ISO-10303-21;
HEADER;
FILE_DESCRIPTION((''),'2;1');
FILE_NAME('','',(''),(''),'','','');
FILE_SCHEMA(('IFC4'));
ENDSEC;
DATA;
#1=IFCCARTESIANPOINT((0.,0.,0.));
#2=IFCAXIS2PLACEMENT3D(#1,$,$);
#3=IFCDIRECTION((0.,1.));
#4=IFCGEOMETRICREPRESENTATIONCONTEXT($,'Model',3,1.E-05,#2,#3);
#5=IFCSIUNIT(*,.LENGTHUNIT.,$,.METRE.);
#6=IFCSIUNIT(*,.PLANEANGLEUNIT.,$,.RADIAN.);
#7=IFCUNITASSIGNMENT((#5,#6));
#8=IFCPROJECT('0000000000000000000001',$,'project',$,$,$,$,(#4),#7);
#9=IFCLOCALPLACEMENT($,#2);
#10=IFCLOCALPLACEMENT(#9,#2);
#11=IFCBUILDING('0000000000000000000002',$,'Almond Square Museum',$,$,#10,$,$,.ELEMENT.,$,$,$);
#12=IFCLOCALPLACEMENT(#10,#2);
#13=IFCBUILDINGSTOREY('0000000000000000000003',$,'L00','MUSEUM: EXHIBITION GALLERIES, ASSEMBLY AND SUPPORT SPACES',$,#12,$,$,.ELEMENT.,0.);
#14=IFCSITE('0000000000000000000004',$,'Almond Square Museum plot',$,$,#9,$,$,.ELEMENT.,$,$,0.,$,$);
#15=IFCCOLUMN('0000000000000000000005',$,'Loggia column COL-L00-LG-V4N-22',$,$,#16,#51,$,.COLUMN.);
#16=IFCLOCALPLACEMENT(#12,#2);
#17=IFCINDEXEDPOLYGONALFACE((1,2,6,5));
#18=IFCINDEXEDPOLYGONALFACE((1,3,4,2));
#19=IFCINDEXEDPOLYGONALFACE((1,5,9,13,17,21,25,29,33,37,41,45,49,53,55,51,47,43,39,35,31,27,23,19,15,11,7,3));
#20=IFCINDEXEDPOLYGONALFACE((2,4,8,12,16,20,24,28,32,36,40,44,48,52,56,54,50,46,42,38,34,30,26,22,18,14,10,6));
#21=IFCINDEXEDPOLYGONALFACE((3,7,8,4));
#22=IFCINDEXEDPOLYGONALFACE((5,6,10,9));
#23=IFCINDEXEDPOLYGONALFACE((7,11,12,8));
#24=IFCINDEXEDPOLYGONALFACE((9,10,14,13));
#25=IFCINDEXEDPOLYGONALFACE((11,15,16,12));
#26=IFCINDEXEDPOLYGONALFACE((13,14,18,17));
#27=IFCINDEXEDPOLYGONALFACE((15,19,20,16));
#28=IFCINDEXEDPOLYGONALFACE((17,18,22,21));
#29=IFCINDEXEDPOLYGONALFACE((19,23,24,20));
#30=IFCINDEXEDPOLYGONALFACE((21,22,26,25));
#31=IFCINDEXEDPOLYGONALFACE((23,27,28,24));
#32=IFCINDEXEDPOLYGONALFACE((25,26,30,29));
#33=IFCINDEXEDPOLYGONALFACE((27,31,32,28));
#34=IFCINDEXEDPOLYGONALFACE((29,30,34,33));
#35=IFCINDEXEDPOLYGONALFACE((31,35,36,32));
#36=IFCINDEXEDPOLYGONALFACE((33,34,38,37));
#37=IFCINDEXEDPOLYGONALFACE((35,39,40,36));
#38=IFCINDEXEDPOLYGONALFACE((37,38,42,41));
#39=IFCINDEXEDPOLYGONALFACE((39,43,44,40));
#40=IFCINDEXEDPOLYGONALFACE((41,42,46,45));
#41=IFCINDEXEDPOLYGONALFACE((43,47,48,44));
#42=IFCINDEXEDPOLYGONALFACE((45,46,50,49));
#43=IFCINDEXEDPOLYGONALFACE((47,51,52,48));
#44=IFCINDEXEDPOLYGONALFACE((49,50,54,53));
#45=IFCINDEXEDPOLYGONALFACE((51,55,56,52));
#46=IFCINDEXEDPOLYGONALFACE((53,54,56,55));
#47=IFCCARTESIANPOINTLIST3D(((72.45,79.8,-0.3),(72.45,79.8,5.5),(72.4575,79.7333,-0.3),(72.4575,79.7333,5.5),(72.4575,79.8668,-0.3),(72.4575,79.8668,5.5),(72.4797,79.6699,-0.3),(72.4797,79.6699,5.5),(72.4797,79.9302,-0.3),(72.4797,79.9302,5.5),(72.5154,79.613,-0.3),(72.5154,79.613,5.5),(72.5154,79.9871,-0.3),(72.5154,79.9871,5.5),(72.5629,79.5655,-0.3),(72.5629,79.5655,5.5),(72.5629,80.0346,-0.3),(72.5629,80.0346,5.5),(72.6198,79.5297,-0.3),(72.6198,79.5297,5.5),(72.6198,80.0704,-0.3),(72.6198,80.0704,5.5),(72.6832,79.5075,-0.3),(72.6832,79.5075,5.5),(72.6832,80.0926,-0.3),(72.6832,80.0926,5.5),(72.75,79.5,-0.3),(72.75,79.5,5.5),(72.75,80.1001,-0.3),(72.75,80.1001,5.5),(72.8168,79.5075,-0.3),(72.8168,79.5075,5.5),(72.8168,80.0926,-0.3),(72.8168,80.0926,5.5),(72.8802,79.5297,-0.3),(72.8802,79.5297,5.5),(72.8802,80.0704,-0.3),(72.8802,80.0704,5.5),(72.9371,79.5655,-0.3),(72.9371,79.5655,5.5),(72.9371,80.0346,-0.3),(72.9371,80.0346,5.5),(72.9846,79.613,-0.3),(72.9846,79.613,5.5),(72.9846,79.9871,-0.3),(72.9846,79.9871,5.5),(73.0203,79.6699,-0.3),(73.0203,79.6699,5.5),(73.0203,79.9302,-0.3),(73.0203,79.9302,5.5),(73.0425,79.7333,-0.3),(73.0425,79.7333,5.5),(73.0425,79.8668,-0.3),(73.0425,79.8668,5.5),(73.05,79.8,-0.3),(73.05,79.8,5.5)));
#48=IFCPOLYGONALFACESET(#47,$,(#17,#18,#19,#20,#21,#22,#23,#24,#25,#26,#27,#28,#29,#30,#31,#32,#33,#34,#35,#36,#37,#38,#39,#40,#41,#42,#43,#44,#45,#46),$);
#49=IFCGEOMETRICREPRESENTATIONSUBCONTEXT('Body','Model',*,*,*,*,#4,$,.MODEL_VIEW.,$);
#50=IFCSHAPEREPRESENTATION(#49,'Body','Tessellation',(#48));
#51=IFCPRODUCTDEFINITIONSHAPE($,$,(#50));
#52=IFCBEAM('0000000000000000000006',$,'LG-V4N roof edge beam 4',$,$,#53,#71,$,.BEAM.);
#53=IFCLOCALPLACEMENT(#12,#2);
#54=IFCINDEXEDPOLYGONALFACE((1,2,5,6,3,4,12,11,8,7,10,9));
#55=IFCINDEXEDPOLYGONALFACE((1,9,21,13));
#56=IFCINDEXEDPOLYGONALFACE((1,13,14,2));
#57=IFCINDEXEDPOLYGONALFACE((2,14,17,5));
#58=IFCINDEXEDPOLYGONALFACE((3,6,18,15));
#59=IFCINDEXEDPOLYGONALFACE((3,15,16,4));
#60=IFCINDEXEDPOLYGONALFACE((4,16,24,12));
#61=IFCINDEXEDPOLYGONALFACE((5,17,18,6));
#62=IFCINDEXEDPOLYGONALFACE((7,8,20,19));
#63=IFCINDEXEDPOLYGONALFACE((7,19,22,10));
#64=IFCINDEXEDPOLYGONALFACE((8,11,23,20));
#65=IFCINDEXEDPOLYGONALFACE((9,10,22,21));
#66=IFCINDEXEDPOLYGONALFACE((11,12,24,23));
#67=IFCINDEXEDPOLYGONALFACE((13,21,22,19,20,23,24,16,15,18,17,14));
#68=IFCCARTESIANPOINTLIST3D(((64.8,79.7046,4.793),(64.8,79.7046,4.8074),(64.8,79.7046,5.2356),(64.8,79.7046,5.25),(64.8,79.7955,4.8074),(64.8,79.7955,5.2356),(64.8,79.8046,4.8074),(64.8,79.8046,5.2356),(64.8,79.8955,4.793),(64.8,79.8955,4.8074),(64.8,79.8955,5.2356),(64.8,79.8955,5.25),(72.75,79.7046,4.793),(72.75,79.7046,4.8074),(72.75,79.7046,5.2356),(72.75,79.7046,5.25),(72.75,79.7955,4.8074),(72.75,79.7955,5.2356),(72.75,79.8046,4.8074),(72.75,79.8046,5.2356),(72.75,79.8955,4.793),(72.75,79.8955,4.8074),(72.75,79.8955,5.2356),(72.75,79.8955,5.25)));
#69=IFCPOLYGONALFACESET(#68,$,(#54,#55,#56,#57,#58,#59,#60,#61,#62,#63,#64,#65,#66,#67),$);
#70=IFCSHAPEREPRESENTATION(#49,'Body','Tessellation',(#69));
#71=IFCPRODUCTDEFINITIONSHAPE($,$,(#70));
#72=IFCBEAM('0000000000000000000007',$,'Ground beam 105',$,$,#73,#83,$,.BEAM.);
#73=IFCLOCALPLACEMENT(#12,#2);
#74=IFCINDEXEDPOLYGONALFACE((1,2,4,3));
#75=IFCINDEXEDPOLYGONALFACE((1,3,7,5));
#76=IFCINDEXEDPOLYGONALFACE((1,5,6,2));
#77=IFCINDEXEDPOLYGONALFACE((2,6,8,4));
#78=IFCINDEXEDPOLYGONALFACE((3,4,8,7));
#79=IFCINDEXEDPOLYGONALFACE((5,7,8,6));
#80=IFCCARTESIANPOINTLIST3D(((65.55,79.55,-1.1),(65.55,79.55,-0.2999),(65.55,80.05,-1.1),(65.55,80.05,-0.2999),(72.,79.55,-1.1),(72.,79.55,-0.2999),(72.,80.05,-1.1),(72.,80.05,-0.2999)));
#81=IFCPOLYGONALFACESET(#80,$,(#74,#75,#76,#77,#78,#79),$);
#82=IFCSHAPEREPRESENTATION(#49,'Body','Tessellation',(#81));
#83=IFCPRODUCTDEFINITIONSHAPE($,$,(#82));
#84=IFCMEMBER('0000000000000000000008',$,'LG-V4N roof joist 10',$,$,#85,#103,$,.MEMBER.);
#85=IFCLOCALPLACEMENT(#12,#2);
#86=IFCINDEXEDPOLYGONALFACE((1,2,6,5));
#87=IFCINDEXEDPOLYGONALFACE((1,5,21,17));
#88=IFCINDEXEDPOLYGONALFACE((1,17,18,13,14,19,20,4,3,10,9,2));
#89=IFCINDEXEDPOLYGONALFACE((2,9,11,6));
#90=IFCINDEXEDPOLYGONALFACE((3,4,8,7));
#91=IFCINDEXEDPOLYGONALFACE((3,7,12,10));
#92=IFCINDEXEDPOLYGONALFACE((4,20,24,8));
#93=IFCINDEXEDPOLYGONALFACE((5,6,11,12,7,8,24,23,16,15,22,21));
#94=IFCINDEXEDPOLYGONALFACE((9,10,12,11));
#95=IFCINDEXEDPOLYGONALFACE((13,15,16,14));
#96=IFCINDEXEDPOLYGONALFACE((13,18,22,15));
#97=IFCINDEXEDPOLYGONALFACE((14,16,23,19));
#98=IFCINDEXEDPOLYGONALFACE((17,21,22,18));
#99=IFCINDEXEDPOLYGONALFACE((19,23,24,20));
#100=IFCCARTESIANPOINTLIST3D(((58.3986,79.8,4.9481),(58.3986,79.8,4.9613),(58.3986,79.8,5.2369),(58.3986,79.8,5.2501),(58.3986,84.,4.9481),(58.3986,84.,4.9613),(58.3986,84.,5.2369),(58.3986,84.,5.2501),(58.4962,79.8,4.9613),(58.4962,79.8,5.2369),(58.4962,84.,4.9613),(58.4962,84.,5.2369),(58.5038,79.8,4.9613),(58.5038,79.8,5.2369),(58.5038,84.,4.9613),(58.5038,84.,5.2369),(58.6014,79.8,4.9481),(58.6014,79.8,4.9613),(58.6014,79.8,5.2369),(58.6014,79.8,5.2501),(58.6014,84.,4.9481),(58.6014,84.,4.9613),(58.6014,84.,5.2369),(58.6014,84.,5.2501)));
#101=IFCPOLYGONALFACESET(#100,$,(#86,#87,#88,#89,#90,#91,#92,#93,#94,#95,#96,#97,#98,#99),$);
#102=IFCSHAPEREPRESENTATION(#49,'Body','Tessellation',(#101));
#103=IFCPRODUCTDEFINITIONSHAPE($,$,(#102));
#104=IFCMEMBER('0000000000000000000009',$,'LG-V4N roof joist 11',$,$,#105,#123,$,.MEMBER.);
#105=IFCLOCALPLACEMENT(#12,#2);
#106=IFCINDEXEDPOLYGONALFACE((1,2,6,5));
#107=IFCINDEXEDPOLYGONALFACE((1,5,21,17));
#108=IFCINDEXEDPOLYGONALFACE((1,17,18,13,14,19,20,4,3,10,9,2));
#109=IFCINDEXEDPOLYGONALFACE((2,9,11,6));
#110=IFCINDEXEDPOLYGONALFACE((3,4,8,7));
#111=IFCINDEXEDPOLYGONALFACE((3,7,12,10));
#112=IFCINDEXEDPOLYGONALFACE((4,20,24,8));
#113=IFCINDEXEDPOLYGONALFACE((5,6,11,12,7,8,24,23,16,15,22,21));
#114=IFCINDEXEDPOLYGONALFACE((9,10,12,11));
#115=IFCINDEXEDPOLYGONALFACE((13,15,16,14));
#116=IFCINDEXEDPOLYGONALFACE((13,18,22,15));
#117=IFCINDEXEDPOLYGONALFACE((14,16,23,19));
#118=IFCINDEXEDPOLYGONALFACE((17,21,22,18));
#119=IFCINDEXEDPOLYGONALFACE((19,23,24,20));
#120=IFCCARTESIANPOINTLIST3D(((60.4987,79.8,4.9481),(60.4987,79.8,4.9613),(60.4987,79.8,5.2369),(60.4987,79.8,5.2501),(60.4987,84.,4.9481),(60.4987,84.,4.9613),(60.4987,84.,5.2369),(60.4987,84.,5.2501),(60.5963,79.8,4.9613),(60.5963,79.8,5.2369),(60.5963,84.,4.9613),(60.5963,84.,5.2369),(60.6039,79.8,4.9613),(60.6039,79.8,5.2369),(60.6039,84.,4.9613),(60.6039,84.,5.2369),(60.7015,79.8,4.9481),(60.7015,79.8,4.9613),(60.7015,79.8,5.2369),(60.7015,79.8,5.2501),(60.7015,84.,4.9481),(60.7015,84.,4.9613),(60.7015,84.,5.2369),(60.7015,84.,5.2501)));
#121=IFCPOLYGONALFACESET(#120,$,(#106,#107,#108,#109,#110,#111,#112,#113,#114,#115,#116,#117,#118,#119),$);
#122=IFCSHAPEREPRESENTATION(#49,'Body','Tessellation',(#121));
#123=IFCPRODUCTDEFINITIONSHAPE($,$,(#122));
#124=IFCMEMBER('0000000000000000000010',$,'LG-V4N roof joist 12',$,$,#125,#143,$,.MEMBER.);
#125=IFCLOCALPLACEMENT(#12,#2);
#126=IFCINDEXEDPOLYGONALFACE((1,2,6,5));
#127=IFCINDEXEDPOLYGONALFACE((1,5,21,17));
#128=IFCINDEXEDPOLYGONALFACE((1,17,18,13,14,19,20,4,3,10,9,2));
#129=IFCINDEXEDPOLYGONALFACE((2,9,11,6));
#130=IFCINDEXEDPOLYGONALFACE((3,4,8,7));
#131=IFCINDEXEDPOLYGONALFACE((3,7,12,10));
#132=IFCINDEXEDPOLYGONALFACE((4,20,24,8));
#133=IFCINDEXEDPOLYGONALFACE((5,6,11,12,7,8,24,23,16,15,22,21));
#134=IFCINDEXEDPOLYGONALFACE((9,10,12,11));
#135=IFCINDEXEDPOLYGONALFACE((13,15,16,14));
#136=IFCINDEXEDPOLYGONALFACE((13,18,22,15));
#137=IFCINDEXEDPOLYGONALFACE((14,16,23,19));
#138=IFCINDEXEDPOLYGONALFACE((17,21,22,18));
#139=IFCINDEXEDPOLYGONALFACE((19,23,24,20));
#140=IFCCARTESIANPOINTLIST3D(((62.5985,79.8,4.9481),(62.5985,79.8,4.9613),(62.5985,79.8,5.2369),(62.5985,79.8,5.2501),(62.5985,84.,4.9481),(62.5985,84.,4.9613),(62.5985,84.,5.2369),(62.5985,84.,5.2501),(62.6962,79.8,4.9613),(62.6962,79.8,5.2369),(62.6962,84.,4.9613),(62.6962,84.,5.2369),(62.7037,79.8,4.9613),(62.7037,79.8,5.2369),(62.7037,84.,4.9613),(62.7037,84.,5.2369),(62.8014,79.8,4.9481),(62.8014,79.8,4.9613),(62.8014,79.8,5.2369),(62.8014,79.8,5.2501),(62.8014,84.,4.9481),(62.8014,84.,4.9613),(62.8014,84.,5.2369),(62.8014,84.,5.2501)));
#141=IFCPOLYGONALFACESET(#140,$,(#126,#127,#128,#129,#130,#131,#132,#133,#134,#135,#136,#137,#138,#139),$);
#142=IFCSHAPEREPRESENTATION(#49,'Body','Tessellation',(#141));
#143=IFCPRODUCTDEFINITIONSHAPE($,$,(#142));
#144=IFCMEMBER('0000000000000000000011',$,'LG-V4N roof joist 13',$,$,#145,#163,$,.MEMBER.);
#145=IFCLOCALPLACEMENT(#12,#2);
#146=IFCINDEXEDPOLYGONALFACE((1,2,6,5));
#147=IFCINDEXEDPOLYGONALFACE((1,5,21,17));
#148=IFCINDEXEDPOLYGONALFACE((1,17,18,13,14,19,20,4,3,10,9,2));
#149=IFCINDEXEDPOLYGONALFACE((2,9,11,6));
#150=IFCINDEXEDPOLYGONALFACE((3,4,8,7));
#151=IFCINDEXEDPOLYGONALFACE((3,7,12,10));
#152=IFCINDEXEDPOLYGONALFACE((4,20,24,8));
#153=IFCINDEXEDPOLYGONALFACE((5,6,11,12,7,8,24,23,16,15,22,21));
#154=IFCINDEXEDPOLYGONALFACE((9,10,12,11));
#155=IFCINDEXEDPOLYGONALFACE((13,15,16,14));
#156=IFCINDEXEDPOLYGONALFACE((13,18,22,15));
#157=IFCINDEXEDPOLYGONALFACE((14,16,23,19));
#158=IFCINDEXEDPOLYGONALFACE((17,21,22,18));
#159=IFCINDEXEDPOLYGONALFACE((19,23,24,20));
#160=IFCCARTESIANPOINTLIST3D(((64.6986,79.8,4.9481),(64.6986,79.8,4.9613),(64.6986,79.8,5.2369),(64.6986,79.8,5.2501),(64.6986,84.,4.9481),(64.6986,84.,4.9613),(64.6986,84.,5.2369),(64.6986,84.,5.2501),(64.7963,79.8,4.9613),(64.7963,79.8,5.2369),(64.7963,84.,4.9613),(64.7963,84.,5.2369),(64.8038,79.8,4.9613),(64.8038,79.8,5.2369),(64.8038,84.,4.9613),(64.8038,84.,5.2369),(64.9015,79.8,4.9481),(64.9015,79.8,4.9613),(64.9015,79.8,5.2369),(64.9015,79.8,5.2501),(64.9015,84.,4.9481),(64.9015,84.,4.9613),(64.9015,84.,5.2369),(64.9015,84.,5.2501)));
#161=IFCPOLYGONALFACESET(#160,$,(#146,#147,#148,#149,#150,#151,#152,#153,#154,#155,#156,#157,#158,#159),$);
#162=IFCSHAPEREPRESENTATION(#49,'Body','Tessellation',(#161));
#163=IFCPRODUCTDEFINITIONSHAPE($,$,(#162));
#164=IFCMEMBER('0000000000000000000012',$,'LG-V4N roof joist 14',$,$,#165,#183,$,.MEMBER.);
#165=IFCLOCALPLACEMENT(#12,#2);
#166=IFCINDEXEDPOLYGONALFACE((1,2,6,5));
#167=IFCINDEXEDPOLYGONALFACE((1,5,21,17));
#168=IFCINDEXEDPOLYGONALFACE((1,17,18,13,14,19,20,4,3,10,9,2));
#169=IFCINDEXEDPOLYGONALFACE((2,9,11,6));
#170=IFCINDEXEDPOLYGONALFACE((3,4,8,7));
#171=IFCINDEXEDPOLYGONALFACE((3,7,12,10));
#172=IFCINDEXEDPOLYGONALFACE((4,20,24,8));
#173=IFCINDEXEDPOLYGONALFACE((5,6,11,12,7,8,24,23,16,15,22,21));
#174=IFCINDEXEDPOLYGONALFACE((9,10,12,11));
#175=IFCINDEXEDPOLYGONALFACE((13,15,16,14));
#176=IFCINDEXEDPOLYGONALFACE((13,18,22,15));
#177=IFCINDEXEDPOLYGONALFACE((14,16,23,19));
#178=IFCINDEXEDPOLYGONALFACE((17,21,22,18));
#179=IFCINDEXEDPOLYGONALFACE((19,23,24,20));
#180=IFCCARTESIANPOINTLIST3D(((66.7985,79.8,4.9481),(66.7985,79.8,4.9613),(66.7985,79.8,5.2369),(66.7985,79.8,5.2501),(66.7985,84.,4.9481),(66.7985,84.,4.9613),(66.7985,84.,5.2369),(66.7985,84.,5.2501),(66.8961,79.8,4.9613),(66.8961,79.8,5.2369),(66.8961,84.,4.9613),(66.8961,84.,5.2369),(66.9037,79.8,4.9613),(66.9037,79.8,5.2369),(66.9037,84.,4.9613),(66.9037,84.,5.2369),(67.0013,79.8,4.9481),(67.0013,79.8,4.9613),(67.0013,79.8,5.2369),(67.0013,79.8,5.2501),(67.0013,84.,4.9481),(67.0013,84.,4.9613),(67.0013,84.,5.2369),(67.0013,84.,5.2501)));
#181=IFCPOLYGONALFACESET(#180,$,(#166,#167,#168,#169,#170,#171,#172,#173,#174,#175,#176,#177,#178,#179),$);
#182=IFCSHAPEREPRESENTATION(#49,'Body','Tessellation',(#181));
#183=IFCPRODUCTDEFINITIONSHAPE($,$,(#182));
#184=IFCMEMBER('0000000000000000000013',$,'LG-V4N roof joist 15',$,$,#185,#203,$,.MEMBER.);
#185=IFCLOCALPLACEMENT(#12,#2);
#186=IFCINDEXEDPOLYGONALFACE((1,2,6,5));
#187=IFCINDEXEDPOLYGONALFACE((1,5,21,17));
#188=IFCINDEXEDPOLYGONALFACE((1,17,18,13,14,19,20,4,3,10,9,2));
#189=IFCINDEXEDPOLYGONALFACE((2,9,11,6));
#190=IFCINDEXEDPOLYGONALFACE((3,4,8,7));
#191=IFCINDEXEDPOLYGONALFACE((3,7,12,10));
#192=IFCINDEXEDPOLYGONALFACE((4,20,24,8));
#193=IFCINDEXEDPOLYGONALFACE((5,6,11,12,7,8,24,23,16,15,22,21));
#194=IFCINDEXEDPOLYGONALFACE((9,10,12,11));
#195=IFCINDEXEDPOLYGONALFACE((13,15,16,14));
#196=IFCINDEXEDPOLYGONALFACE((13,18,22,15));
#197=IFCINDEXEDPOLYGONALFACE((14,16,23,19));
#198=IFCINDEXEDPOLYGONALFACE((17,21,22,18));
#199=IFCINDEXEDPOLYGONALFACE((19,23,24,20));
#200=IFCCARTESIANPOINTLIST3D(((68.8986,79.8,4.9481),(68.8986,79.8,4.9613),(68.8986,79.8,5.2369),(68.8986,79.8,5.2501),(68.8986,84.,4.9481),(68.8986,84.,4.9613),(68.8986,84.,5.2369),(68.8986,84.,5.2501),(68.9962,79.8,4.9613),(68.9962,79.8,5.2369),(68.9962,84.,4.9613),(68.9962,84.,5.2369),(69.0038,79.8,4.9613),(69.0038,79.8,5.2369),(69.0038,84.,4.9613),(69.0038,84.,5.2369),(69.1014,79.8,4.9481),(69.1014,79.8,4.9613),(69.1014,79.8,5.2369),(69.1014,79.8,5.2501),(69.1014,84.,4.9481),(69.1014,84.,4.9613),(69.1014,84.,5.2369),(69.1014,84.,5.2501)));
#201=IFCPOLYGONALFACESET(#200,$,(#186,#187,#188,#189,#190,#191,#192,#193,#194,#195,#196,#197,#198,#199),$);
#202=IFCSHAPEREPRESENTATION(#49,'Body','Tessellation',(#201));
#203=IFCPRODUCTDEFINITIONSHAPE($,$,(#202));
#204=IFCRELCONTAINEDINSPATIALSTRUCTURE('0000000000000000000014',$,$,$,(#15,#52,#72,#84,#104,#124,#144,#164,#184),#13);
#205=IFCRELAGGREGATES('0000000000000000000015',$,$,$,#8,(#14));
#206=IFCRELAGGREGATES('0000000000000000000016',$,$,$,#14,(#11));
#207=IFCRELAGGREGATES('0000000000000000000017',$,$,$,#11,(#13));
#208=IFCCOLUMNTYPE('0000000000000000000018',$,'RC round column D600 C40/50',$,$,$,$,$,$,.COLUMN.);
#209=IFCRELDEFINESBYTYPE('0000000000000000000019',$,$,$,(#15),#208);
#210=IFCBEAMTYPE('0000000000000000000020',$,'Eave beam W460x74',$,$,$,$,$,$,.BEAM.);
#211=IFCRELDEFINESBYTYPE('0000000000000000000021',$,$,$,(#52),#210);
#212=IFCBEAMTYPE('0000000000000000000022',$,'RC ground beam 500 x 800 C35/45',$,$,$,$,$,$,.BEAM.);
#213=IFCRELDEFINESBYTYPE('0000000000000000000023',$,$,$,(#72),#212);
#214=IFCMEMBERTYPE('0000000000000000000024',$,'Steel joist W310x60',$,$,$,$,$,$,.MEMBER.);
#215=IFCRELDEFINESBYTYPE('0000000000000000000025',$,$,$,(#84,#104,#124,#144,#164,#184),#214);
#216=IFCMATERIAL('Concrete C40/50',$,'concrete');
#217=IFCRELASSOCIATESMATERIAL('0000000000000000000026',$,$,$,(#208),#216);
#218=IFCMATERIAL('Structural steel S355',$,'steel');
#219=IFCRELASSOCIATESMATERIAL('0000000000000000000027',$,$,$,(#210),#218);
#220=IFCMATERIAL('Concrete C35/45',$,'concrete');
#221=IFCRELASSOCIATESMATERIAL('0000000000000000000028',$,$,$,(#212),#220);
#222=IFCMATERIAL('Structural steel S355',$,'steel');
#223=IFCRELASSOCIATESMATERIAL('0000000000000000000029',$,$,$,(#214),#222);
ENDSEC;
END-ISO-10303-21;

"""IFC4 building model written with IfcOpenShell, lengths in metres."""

from ifc_helpers import new_model, si_unit, direction, frame, origin, origin_2d, place, context, subcontext, project, spatial, rectangle, circle, i_section, extrude, material, material_profile, profile_set, type_object, element, save


model = new_model("IFC4")

# Units and contexts
model_context = context("Model", 3, precision=1e-05, world=origin(), true_north=direction((0.0, 1.0)))
body_context = subcontext(model_context, "Body", "Model", "MODEL_VIEW")
ifc_project = project(units=[si_unit("LENGTHUNIT", "METRE"), si_unit("PLANEANGLEUNIT", "RADIAN")], contexts=[model_context])

# Site, building, storey
site_placement = place(None, origin())
site = spatial("IfcSite", under=ifc_project, at=site_placement, Name="Almond Square Museum plot", CompositionType="ELEMENT", RefElevation=0.0)
building_placement = place(site_placement, origin())
building = spatial("IfcBuilding", under=site, at=building_placement, Name="Almond Square Museum", CompositionType="ELEMENT")
storey_placement = place(building_placement, origin())
storey = spatial("IfcBuildingStorey", under=building, at=storey_placement, Name="L00", Description="MUSEUM: EXHIBITION GALLERIES, ASSEMBLY AND SUPPORT SPACES", CompositionType="ELEMENT", Elevation=0.0)

# Column
ifc_material_1 = material(Name="Concrete C40/50", Category="concrete")
ifc_material_profile_1 = material_profile(ifc_material_1, circle(Radius=0.3, at=origin_2d()))
ifc_profile_set_1 = profile_set([ifc_material_profile_1], Name="Concrete C40/50")
column_type = type_object("IfcColumnType", Name="RC round column D600 C40/50", PredefinedType="COLUMN", material=ifc_profile_set_1)
for number, where, z_axis, x_axis, name in (
    (1, (72.75, 79.8, -0.3), (0.0, 0.0, 1.0), (1.0, 0.0, 0.0), "Loggia column COL-L00-LG-V4N-22"),
):
    element("IfcColumn", number, at=place(storey_placement, frame(where, z_axis=z_axis, x_axis=x_axis)), inside=storey, type_object=column_type, Name=name, PredefinedType="COLUMN", context=body_context, shape_type="SweptSolid", body=[
        extrude(circle(Radius=0.3, at=origin_2d()), origin(), (0.0, 0.0, 1.0), 5.8),
    ])

# Beams
ifc_material_2 = material(Name="Structural steel S355", Category="steel")
ifc_material_profile_2 = material_profile(ifc_material_2, i_section(OverallWidth=0.1909, OverallDepth=0.457, WebThickness=0.009, FlangeThickness=0.0144, at=origin_2d()))
ifc_profile_set_2 = profile_set([ifc_material_profile_2], Name="Structural steel S355")
beam_type_1 = type_object("IfcBeamType", Name="Eave beam W460x74", PredefinedType="BEAM", material=ifc_profile_set_2)
beam_1_placement = place(storey_placement, frame((64.8, 79.8, 5.0215), z_axis=(1.0, 0.0, 0.0), x_axis=(0.0, 1.0, 0.0)))
element("IfcBeam", 2, at=beam_1_placement, inside=storey, type_object=beam_type_1, Name="LG-V4N roof edge beam 4", PredefinedType="BEAM", context=body_context, shape_type="SweptSolid", body=[
    extrude(i_section(OverallWidth=0.1909, OverallDepth=0.457, WebThickness=0.009, FlangeThickness=0.0144, at=origin_2d()), origin(), (0.0, 0.0, 1.0), 7.95),
])
ifc_material_3 = material(Name="Concrete C35/45", Category="concrete")
ifc_material_profile_3 = material_profile(ifc_material_3, rectangle(XDim=0.5, YDim=0.8, at=origin_2d()))
ifc_profile_set_3 = profile_set([ifc_material_profile_3], Name="Concrete C35/45")
beam_type_2 = type_object("IfcBeamType", Name="RC ground beam 500 x 800 C35/45", PredefinedType="BEAM", material=ifc_profile_set_3)
beam_2_placement = place(storey_placement, frame((65.55, 79.8, -0.7), z_axis=(1.0, 0.0, 0.0), x_axis=(0.0, 1.0, 0.0)))
element("IfcBeam", 3, at=beam_2_placement, inside=storey, type_object=beam_type_2, Name="Ground beam 105", PredefinedType="BEAM", context=body_context, shape_type="SweptSolid", body=[
    extrude(rectangle(XDim=0.5, YDim=0.8, at=origin_2d()), origin(), (0.0, 0.0, 1.0), 6.45),
])

# Members
ifc_material_4 = material(Name="Structural steel S355", Category="steel")
ifc_material_profile_4 = material_profile(ifc_material_4, i_section(OverallWidth=0.2029, OverallDepth=0.302, WebThickness=0.0076, FlangeThickness=0.0132, at=origin_2d()))
ifc_profile_set_4 = profile_set([ifc_material_profile_4], Name="Structural steel S355")
member_type = type_object("IfcMemberType", Name="Steel joist W310x60", PredefinedType="MEMBER", material=ifc_profile_set_4)
for number, where, z_axis, x_axis, name in (
    (4, (58.5, 84.0, 5.0991), (0.0, -1.0, 0.0), (1.0, 0.0, 0.0), "LG-V4N roof joist 10"),
    (5, (60.6001, 84.0, 5.0991), (0.0, -1.0, 0.0), (1.0, 0.0, 0.0), "LG-V4N roof joist 11"),
    (6, (62.7, 84.0, 5.0991), (0.0, -1.0, 0.0), (1.0, 0.0, 0.0), "LG-V4N roof joist 12"),
    (7, (64.8, 84.0, 5.0991), (0.0, -1.0, 0.0), (1.0, 0.0, 0.0), "LG-V4N roof joist 13"),
    (8, (66.8999, 84.0, 5.0991), (0.0, -1.0, 0.0), (1.0, 0.0, 0.0), "LG-V4N roof joist 14"),
    (9, (69.0, 84.0, 5.0991), (0.0, -1.0, 0.0), (1.0, 0.0, 0.0), "LG-V4N roof joist 15"),
):
    element("IfcMember", number, at=place(storey_placement, frame(where, z_axis=z_axis, x_axis=x_axis)), inside=storey, type_object=member_type, Name=name, PredefinedType="MEMBER", context=body_context, shape_type="SweptSolid", body=[
        extrude(i_section(OverallWidth=0.2029, OverallDepth=0.302, WebThickness=0.0076, FlangeThickness=0.0132, at=origin_2d()), origin(), (0.0, 0.0, 1.0), 4.2),
    ])

save(model, "model.ifc")
